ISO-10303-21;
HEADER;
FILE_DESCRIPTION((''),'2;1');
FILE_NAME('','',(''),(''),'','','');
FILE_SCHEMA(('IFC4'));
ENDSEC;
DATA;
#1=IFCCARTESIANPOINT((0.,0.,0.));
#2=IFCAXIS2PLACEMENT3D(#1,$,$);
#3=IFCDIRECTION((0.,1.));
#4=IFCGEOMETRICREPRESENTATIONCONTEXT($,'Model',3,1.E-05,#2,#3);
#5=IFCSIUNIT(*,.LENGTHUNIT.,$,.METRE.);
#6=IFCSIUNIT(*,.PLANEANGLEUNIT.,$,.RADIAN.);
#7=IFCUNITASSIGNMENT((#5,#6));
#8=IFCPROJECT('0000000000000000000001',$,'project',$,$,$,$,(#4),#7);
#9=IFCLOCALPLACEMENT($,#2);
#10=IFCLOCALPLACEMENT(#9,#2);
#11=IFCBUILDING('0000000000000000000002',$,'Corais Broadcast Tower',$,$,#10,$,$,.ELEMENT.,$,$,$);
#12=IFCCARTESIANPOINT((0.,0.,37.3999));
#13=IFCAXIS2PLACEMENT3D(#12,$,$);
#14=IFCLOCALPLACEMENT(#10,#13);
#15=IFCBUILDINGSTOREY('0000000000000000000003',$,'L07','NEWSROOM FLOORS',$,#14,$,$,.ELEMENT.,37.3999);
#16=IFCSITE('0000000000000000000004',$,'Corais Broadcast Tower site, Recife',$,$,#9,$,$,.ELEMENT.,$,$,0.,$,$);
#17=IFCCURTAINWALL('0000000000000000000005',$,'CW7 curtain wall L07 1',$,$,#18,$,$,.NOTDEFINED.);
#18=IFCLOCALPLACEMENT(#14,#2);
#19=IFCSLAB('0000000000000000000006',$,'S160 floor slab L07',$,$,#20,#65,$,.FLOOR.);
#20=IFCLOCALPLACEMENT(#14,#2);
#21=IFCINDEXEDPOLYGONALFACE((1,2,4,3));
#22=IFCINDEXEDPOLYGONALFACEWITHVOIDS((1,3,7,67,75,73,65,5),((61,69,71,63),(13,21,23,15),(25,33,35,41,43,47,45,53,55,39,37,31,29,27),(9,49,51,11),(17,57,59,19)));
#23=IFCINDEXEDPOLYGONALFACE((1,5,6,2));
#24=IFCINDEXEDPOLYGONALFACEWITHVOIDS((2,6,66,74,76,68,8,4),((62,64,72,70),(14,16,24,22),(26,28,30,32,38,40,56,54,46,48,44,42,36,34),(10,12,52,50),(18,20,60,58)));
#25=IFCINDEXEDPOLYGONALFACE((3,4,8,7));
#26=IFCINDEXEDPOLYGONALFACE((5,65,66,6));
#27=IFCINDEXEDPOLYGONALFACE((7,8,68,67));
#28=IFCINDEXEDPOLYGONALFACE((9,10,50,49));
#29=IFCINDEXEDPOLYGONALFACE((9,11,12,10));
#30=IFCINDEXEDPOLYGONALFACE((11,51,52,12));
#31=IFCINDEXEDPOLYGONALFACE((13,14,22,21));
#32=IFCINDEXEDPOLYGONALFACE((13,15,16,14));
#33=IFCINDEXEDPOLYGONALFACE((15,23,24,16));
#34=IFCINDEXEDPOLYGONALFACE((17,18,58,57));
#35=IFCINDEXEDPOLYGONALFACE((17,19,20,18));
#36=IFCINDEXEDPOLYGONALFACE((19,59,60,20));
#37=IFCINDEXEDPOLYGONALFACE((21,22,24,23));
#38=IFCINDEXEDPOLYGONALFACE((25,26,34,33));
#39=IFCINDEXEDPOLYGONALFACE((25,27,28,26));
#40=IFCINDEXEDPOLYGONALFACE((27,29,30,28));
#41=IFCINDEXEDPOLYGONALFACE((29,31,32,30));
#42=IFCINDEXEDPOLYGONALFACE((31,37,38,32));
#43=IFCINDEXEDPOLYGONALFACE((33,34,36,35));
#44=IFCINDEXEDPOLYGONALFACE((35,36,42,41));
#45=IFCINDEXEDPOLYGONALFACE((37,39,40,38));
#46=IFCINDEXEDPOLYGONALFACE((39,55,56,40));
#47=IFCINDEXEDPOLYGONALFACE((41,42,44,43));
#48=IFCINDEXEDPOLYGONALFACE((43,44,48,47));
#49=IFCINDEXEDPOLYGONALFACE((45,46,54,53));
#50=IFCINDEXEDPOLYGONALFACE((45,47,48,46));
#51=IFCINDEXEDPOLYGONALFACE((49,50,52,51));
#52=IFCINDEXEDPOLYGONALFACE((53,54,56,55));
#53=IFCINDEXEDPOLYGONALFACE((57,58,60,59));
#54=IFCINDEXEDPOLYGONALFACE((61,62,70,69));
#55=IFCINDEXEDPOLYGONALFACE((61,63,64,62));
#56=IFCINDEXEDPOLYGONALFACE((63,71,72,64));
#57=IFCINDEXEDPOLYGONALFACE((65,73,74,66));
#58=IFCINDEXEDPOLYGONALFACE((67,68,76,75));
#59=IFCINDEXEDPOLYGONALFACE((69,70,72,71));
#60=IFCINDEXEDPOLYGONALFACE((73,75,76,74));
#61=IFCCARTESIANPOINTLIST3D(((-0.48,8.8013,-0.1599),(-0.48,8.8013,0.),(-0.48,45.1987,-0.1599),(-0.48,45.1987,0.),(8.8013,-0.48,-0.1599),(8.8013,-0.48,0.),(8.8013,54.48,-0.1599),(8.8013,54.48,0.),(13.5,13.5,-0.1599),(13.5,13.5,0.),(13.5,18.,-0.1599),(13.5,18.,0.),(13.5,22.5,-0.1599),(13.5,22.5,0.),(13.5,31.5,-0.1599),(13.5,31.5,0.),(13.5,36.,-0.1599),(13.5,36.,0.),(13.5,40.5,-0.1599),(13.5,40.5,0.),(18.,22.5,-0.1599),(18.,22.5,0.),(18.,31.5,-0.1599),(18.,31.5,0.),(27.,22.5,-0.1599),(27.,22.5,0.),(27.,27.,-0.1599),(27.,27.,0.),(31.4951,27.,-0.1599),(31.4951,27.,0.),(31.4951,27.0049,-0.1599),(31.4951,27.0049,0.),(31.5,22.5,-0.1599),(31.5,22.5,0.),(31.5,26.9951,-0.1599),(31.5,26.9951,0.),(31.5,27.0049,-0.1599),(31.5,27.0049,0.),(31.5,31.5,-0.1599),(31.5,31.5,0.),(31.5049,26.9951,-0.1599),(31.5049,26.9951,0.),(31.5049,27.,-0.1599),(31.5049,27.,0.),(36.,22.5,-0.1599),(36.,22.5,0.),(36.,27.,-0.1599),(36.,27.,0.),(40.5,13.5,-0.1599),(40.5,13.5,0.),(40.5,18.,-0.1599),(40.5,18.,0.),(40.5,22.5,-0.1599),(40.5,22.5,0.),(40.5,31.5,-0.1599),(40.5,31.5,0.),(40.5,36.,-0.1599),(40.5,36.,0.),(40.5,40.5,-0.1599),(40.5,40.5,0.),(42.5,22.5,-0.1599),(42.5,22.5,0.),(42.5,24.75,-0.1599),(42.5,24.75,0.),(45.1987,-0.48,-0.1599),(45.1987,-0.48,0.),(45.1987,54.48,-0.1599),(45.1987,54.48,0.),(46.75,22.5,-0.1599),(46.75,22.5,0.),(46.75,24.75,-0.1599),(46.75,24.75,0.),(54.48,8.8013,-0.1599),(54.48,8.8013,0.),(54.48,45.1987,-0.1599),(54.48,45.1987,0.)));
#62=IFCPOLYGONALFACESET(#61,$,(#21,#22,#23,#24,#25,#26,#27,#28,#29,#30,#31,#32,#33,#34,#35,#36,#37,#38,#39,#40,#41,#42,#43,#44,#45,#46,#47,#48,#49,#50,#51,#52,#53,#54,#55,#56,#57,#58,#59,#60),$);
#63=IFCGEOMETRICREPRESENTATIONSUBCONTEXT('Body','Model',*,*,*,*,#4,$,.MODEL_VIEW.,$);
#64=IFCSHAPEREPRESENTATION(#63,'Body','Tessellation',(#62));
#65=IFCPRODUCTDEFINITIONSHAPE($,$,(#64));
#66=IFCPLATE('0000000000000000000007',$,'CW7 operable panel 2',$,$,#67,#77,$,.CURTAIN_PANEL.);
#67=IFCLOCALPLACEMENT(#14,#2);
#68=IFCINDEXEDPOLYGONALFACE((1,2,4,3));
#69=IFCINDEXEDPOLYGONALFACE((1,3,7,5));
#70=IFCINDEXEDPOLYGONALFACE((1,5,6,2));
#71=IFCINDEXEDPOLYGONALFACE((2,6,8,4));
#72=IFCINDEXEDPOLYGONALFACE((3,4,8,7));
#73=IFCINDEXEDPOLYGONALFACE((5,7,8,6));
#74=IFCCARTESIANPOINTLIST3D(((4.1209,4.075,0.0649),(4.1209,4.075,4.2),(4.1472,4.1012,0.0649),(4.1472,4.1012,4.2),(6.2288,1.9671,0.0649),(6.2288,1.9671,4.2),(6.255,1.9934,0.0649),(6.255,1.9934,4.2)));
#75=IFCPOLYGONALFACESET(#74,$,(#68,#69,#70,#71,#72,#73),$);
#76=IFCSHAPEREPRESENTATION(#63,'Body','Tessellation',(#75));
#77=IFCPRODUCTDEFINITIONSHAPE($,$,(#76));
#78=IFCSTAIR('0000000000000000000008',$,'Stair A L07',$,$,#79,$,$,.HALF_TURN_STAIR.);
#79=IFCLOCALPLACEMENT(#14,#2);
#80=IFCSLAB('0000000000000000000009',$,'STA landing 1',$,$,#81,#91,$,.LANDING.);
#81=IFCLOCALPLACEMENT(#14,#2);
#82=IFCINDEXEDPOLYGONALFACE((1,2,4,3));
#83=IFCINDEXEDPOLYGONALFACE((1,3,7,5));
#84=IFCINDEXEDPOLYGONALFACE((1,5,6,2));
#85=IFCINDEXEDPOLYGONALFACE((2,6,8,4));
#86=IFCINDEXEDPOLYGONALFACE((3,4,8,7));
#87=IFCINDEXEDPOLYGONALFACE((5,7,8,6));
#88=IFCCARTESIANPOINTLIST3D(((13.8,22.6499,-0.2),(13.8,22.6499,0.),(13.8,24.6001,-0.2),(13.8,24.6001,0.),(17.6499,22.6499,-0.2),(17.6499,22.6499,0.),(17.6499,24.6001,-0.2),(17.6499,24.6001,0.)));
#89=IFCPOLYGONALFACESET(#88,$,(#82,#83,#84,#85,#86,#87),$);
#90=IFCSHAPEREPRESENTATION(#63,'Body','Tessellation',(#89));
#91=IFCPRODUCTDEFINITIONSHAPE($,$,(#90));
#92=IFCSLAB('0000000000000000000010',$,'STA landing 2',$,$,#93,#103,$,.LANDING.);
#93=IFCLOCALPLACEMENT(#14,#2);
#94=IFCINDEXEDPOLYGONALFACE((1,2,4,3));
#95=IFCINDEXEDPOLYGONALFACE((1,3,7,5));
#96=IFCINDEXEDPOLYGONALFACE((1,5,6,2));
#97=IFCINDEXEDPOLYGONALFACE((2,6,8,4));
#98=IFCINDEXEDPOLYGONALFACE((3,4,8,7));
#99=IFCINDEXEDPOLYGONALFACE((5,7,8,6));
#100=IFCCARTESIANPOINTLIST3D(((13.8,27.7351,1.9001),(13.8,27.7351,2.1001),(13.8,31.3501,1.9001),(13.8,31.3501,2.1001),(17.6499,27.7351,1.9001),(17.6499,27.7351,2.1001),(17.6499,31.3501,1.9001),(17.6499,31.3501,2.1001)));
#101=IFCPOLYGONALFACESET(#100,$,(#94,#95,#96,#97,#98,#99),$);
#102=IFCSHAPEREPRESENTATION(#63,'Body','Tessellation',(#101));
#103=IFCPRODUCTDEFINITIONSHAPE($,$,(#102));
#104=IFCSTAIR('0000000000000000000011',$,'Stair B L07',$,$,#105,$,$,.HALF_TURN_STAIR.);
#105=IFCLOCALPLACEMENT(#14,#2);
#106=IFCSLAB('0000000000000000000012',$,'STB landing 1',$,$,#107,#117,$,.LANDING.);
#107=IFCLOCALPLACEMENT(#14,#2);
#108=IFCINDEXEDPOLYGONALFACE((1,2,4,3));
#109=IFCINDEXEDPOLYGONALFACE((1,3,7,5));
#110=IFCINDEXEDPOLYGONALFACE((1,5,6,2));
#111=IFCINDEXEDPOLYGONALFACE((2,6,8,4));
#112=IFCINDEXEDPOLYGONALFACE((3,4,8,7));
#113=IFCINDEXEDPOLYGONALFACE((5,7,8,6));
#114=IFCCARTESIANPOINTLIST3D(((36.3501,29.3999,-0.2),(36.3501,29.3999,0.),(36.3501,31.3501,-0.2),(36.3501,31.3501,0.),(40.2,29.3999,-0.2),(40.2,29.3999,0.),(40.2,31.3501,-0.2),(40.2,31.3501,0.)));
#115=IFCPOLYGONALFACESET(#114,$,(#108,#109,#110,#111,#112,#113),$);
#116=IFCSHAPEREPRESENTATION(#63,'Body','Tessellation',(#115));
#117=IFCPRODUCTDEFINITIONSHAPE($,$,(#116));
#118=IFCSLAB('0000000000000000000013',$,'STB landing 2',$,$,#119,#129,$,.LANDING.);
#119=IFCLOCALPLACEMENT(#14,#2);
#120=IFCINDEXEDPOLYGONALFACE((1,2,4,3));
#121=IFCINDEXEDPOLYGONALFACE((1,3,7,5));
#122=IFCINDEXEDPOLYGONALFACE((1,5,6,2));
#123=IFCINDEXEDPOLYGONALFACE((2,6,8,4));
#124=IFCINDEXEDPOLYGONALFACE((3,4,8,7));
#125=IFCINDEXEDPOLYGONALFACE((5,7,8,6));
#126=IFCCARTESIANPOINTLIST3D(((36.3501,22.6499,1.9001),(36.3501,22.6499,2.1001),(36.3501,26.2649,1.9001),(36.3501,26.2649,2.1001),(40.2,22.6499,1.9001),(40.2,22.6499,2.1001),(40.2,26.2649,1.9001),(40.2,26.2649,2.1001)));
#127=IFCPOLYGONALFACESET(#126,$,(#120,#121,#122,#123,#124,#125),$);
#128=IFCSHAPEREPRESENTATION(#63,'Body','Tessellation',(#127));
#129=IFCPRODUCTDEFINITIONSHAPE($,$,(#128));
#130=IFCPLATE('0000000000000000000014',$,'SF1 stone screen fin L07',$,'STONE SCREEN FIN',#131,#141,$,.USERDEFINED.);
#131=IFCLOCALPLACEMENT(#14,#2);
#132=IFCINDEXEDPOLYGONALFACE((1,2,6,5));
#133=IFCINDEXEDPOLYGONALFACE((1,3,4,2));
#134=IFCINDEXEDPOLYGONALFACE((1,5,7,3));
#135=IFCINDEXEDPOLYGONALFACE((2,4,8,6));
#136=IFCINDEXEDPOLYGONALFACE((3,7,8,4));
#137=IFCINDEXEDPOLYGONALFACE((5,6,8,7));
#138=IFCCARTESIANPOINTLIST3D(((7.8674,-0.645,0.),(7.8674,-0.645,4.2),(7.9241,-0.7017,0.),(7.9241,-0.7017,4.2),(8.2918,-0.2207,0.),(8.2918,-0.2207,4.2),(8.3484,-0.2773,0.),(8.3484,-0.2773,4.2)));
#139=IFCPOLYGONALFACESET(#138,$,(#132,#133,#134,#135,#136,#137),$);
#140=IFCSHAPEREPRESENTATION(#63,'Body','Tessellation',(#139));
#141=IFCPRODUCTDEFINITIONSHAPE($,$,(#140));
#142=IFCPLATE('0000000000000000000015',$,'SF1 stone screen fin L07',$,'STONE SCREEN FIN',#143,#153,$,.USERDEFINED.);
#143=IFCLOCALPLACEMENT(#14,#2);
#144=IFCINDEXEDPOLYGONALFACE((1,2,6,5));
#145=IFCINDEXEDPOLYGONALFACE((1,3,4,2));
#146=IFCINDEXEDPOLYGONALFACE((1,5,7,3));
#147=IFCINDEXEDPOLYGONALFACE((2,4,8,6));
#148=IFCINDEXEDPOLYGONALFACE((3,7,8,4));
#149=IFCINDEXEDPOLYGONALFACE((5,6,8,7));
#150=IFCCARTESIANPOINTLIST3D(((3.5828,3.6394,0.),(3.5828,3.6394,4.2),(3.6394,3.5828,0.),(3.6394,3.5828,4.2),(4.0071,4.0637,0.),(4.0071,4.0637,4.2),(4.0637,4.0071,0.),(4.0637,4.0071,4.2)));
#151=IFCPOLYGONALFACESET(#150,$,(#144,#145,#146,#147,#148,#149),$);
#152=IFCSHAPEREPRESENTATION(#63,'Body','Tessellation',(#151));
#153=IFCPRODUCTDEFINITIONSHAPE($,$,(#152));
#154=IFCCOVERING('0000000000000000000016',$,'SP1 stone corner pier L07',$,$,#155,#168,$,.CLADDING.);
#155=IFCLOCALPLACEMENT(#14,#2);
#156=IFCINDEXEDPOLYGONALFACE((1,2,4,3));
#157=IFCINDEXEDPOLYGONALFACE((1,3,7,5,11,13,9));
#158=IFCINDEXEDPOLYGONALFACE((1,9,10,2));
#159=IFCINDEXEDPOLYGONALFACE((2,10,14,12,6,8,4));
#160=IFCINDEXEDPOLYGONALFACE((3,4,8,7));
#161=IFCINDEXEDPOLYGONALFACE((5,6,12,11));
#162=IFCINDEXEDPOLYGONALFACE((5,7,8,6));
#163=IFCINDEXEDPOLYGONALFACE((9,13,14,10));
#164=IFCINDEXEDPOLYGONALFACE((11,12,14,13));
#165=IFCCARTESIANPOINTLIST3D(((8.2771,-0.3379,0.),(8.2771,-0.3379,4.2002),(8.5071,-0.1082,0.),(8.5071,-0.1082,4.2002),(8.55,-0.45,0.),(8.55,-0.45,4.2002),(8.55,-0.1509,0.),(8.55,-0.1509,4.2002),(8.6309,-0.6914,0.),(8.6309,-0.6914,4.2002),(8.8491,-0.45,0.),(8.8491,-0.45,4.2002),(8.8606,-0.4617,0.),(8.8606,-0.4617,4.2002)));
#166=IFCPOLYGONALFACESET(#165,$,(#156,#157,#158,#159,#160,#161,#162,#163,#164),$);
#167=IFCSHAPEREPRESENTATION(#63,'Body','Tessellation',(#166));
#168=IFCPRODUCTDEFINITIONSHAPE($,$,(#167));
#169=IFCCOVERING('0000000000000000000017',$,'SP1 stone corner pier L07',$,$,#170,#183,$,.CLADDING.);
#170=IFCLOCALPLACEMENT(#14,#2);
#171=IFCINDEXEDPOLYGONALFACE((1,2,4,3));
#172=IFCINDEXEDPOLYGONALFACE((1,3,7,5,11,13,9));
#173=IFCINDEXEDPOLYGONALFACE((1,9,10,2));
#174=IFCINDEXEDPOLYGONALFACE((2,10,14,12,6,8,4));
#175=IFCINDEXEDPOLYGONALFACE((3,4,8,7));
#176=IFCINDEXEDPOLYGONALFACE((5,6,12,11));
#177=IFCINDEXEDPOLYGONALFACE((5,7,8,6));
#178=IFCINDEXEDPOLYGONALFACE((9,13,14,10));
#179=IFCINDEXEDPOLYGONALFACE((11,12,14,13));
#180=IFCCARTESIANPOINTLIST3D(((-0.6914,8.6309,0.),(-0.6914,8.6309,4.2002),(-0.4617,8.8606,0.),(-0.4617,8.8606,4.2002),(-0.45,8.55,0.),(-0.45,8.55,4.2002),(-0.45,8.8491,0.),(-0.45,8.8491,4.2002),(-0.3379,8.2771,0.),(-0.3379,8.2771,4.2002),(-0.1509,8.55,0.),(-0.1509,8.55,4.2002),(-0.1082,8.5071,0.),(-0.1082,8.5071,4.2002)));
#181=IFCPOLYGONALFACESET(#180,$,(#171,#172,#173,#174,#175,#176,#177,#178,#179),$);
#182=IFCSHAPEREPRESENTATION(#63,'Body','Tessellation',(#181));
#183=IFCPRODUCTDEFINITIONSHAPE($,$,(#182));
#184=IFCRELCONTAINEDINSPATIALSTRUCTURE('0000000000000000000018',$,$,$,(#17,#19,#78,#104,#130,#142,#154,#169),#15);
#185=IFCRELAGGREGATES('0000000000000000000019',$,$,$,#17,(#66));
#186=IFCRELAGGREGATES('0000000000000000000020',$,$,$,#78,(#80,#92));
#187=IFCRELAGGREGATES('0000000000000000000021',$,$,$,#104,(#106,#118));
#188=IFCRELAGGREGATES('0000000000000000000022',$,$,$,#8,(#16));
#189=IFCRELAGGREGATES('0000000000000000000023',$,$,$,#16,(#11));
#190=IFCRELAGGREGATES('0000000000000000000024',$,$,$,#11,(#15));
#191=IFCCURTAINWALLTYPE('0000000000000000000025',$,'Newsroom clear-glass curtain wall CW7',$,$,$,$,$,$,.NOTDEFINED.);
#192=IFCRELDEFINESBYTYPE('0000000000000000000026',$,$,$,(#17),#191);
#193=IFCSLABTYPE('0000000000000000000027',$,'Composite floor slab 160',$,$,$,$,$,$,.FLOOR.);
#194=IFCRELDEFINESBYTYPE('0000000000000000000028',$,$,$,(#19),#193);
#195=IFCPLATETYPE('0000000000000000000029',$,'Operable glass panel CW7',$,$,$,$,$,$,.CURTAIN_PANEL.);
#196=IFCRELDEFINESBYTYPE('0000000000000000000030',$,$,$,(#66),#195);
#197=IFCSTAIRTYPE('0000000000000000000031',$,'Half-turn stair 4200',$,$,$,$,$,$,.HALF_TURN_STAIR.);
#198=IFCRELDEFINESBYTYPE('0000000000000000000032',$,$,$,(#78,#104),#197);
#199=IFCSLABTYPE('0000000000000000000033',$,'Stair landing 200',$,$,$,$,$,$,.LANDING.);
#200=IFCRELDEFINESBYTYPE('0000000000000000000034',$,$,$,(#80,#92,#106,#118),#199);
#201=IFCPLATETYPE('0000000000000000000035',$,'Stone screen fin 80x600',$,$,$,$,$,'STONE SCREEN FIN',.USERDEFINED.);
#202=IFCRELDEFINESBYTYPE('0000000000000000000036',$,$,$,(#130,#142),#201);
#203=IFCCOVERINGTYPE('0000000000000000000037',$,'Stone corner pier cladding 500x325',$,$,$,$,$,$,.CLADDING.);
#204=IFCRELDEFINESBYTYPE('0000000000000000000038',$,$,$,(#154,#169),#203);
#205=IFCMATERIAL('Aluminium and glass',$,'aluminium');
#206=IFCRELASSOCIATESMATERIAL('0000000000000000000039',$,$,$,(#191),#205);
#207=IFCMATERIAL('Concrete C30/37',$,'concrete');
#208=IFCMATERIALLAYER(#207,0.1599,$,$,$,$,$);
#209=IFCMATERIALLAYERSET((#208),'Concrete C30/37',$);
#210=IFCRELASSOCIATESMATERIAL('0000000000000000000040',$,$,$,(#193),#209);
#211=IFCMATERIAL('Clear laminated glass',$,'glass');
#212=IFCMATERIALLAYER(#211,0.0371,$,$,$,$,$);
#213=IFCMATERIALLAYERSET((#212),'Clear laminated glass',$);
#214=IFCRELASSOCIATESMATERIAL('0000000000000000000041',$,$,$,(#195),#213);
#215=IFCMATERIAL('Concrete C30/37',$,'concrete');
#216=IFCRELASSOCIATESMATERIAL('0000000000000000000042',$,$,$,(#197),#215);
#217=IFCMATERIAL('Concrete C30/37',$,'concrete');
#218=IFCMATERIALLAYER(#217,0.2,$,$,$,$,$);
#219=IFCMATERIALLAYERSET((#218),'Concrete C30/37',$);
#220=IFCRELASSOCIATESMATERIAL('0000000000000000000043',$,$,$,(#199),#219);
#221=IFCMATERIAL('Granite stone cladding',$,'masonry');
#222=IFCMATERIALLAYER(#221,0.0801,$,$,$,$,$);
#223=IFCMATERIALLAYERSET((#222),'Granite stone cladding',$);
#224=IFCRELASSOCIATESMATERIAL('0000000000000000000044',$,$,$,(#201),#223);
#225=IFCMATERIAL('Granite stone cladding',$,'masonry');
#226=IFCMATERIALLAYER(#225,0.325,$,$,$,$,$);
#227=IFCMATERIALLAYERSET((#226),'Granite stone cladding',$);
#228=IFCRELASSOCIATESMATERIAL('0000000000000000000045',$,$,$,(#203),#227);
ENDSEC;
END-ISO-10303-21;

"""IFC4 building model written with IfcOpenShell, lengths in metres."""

from ifc_helpers import new_model, si_unit, direction, frame, origin, origin_2d, place, context, subcontext, project, spatial, polyline, rectangle, outline, extrude, material, layer, layer_set, type_object, element, aggregate, save


model = new_model("IFC4")

# Units and contexts
model_context = context("Model", 3, precision=1e-05, world=origin(), true_north=direction((0.0, 1.0)))
body_context = subcontext(model_context, "Body", "Model", "MODEL_VIEW")
ifc_project = project(units=[si_unit("LENGTHUNIT", "METRE"), si_unit("PLANEANGLEUNIT", "RADIAN")], contexts=[model_context])

# Site, building, storey
site_placement = place(None, origin())
site = spatial("IfcSite", under=ifc_project, at=site_placement, Name="Corais Broadcast Tower site, Recife", CompositionType="ELEMENT", RefElevation=0.0)
building_placement = place(site_placement, origin())
building = spatial("IfcBuilding", under=site, at=building_placement, Name="Corais Broadcast Tower", CompositionType="ELEMENT")
storey_placement = place(building_placement, frame((0.0, 0.0, 37.3999)))
storey = spatial("IfcBuildingStorey", under=building, at=storey_placement, Name="L07", Description="NEWSROOM FLOORS", CompositionType="ELEMENT", Elevation=37.3999)

# Curtain wall
ifc_material_1 = material(Name="Aluminium and glass", Category="aluminium")
curtain_wall_type = type_object("IfcCurtainWallType", Name="Newsroom clear-glass curtain wall CW7", PredefinedType="NOTDEFINED", material=ifc_material_1)
curtain_wall_placement = place(storey_placement, origin())
curtain_wall = element("IfcCurtainWall", 1, at=curtain_wall_placement, inside=storey, type_object=curtain_wall_type, Name="CW7 curtain wall L07 1", PredefinedType="NOTDEFINED")

# Slab
ifc_material_2 = material(Name="Concrete C30/37", Category="concrete")
ifc_layer_1 = layer(ifc_material_2, 0.1599)
ifc_layer_set_1 = layer_set([ifc_layer_1], Name="Concrete C30/37")
slab_type_1 = type_object("IfcSlabType", Name="Composite floor slab 160", PredefinedType="FLOOR", material=ifc_layer_set_1)
slab_1_placement = place(storey_placement, frame((0.0, 0.0, -0.1599)))
element("IfcSlab", 2, at=slab_1_placement, inside=storey, type_object=slab_type_1, Name="S160 floor slab L07", PredefinedType="FLOOR", context=body_context, shape_type="SweptSolid", body=[
    extrude(outline(polyline([(8.8013, -0.48), (-0.48, 8.8013), (-0.48, 45.1987), (8.8013, 54.48), (45.1987, 54.48), (54.48, 45.1987), (54.48, 8.8013), (45.1987, -0.48), (8.8013, -0.48)]), holes=[polyline([(13.5, 18.0), (40.5, 18.0), (40.5, 13.5), (13.5, 13.5), (13.5, 18.0)]), polyline([(18.0, 22.5), (13.5, 22.5), (13.5, 31.5), (18.0, 31.5), (18.0, 22.5)]), polyline([(13.5, 40.5), (40.5, 40.5), (40.5, 36.0), (13.5, 36.0), (13.5, 40.5)]), polyline([(31.5, 22.5), (27.0, 22.5), (27.0, 27.0), (31.4951, 27.0), (31.4951, 27.0049), (31.5, 27.0049), (31.5, 31.5), (40.5, 31.5), (40.5, 22.5), (36.0, 22.5), (36.0, 27.0), (31.5049, 27.0), (31.5049, 26.9951), (31.5, 26.9951), (31.5, 22.5)]), polyline([(42.5, 22.5), (42.5, 24.75), (46.75, 24.75), (46.75, 22.5), (42.5, 22.5)])]), origin(), (0.0, 0.0, 1.0), 0.1599),
])

# Plate
ifc_material_3 = material(Name="Clear laminated glass", Category="glass")
ifc_layer_2 = layer(ifc_material_3, 0.0371)
ifc_layer_set_2 = layer_set([ifc_layer_2], Name="Clear laminated glass")
plate_type_1 = type_object("IfcPlateType", Name="Operable glass panel CW7", PredefinedType="CURTAIN_PANEL", material=ifc_layer_set_2)
plate_1_placement = place(storey_placement, frame((5.188, 3.0342, 0.0649), z_axis=(0.0, 0.0, 1.0), x_axis=(-0.707107, 0.707107, 0.0)))
plate_1 = element("IfcPlate", 3, at=plate_1_placement, type_object=plate_type_1, Name="CW7 operable panel 2", PredefinedType="CURTAIN_PANEL", context=body_context, shape_type="SweptSolid", body=[
    extrude(rectangle(XDim=2.981, YDim=0.0371, at=origin_2d()), origin(), (0.0, 0.0, 1.0), 4.135),
])
aggregate(curtain_wall, [plate_1])

# Stairs, slabs
ifc_material_4 = material(Name="Concrete C30/37", Category="concrete")
stair_type = type_object("IfcStairType", Name="Half-turn stair 4200", PredefinedType="HALF_TURN_STAIR", material=ifc_material_4)
stair_1_placement = place(storey_placement, origin())
stair_1 = element("IfcStair", 4, at=stair_1_placement, inside=storey, type_object=stair_type, Name="Stair A L07", PredefinedType="HALF_TURN_STAIR")
ifc_material_5 = material(Name="Concrete C30/37", Category="concrete")
ifc_layer_3 = layer(ifc_material_5, 0.2)
ifc_layer_set_3 = layer_set([ifc_layer_3], Name="Concrete C30/37")
slab_type_2 = type_object("IfcSlabType", Name="Stair landing 200", PredefinedType="LANDING", material=ifc_layer_set_3)
slab_2_placement = place(storey_placement, frame((0.0, 0.0, -0.2)))
slab_2 = element("IfcSlab", 5, at=slab_2_placement, type_object=slab_type_2, Name="STA landing 1", PredefinedType="LANDING", context=body_context, shape_type="SweptSolid", body=[
    extrude(outline(polyline([(13.8, 22.6499), (17.6499, 22.6499), (17.6499, 24.6001), (13.8, 24.6001), (13.8, 22.6499)])), origin(), (0.0, 0.0, 1.0), 0.2),
])
slab_3_placement = place(storey_placement, frame((0.0, 0.0, 1.9001)))
slab_3 = element("IfcSlab", 6, at=slab_3_placement, type_object=slab_type_2, Name="STA landing 2", PredefinedType="LANDING", context=body_context, shape_type="SweptSolid", body=[
    extrude(outline(polyline([(13.8, 27.7351), (17.6499, 27.7351), (17.6499, 31.3501), (13.8, 31.3501), (13.8, 27.7351)])), origin(), (0.0, 0.0, 1.0), 0.2),
])
aggregate(stair_1, [slab_2, slab_3])
stair_2_placement = place(storey_placement, origin())
stair_2 = element("IfcStair", 7, at=stair_2_placement, inside=storey, type_object=stair_type, Name="Stair B L07", PredefinedType="HALF_TURN_STAIR")
slab_4_placement = place(storey_placement, frame((0.0, 0.0, -0.2)))
slab_4 = element("IfcSlab", 8, at=slab_4_placement, type_object=slab_type_2, Name="STB landing 1", PredefinedType="LANDING", context=body_context, shape_type="SweptSolid", body=[
    extrude(outline(polyline([(36.3501, 29.3999), (40.2, 29.3999), (40.2, 31.3501), (36.3501, 31.3501), (36.3501, 29.3999)])), origin(), (0.0, 0.0, 1.0), 0.2),
])
slab_5_placement = place(storey_placement, frame((0.0, 0.0, 1.9001)))
slab_5 = element("IfcSlab", 9, at=slab_5_placement, type_object=slab_type_2, Name="STB landing 2", PredefinedType="LANDING", context=body_context, shape_type="SweptSolid", body=[
    extrude(outline(polyline([(36.3501, 22.6499), (40.2, 22.6499), (40.2, 26.2649), (36.3501, 26.2649), (36.3501, 22.6499)])), origin(), (0.0, 0.0, 1.0), 0.2),
])
aggregate(stair_2, [slab_4, slab_5])

# Plates
ifc_material_6 = material(Name="Granite stone cladding", Category="masonry")
ifc_layer_4 = layer(ifc_material_6, 0.0801)
ifc_layer_set_4 = layer_set([ifc_layer_4], Name="Granite stone cladding")
plate_type_2 = type_object("IfcPlateType", Name="Stone screen fin 80x600", ElementType="STONE SCREEN FIN", PredefinedType="USERDEFINED", material=ifc_layer_set_4)
for number, where, z_axis, x_axis, name in (
    (10, (8.1079, -0.4612, 0.0), (0.0, 0.0, 1.0), (-0.707107, 0.707107, 0.0), "SF1 stone screen fin L07"),
    (11, (3.8232, 3.8232, 0.0), (0.0, 0.0, 1.0), (-0.707107, 0.707107, 0.0), "SF1 stone screen fin L07"),
):
    element("IfcPlate", number, at=place(storey_placement, frame(where, z_axis=z_axis, x_axis=x_axis)), inside=storey, type_object=plate_type_2, Name=name, ObjectType="STONE SCREEN FIN", PredefinedType="USERDEFINED", context=body_context, shape_type="SweptSolid", body=[
        extrude(rectangle(XDim=0.0801, YDim=0.6001, at=origin_2d()), origin(), (0.0, 0.0, 1.0), 4.2),
    ])

# Coverings
ifc_material_7 = material(Name="Granite stone cladding", Category="masonry")
ifc_layer_5 = layer(ifc_material_7, 0.325)
ifc_layer_set_5 = layer_set([ifc_layer_5], Name="Granite stone cladding")
covering_type_1 = type_object("IfcCoveringType", Name="Stone corner pier cladding 500x325", PredefinedType="CLADDING", material=ifc_layer_set_5)
covering_1_placement = place(storey_placement, origin())
element("IfcCovering", 12, at=covering_1_placement, inside=storey, type_object=covering_type_1, Name="SP1 stone corner pier L07", PredefinedType="CLADDING", context=body_context, shape_type="SweptSolid", body=[
    extrude(outline(polyline([(8.8606, -0.4617), (8.8491, -0.45), (8.55, -0.45), (8.55, -0.1509), (8.5071, -0.1082), (8.2771, -0.3379), (8.6309, -0.6914), (8.8606, -0.4617)])), origin(), (0.0, 0.0, 1.0), 4.2002),
])
covering_2_placement = place(storey_placement, origin())
element("IfcCovering", 13, at=covering_2_placement, inside=storey, type_object=covering_type_1, Name="SP1 stone corner pier L07", PredefinedType="CLADDING", context=body_context, shape_type="SweptSolid", body=[
    extrude(outline(polyline([(-0.45, 8.8491), (-0.4617, 8.8606), (-0.6914, 8.6309), (-0.3379, 8.2771), (-0.1082, 8.5071), (-0.1509, 8.55), (-0.45, 8.55), (-0.45, 8.8491)])), origin(), (0.0, 0.0, 1.0), 4.2002),
])

save(model, "model.ifc")
